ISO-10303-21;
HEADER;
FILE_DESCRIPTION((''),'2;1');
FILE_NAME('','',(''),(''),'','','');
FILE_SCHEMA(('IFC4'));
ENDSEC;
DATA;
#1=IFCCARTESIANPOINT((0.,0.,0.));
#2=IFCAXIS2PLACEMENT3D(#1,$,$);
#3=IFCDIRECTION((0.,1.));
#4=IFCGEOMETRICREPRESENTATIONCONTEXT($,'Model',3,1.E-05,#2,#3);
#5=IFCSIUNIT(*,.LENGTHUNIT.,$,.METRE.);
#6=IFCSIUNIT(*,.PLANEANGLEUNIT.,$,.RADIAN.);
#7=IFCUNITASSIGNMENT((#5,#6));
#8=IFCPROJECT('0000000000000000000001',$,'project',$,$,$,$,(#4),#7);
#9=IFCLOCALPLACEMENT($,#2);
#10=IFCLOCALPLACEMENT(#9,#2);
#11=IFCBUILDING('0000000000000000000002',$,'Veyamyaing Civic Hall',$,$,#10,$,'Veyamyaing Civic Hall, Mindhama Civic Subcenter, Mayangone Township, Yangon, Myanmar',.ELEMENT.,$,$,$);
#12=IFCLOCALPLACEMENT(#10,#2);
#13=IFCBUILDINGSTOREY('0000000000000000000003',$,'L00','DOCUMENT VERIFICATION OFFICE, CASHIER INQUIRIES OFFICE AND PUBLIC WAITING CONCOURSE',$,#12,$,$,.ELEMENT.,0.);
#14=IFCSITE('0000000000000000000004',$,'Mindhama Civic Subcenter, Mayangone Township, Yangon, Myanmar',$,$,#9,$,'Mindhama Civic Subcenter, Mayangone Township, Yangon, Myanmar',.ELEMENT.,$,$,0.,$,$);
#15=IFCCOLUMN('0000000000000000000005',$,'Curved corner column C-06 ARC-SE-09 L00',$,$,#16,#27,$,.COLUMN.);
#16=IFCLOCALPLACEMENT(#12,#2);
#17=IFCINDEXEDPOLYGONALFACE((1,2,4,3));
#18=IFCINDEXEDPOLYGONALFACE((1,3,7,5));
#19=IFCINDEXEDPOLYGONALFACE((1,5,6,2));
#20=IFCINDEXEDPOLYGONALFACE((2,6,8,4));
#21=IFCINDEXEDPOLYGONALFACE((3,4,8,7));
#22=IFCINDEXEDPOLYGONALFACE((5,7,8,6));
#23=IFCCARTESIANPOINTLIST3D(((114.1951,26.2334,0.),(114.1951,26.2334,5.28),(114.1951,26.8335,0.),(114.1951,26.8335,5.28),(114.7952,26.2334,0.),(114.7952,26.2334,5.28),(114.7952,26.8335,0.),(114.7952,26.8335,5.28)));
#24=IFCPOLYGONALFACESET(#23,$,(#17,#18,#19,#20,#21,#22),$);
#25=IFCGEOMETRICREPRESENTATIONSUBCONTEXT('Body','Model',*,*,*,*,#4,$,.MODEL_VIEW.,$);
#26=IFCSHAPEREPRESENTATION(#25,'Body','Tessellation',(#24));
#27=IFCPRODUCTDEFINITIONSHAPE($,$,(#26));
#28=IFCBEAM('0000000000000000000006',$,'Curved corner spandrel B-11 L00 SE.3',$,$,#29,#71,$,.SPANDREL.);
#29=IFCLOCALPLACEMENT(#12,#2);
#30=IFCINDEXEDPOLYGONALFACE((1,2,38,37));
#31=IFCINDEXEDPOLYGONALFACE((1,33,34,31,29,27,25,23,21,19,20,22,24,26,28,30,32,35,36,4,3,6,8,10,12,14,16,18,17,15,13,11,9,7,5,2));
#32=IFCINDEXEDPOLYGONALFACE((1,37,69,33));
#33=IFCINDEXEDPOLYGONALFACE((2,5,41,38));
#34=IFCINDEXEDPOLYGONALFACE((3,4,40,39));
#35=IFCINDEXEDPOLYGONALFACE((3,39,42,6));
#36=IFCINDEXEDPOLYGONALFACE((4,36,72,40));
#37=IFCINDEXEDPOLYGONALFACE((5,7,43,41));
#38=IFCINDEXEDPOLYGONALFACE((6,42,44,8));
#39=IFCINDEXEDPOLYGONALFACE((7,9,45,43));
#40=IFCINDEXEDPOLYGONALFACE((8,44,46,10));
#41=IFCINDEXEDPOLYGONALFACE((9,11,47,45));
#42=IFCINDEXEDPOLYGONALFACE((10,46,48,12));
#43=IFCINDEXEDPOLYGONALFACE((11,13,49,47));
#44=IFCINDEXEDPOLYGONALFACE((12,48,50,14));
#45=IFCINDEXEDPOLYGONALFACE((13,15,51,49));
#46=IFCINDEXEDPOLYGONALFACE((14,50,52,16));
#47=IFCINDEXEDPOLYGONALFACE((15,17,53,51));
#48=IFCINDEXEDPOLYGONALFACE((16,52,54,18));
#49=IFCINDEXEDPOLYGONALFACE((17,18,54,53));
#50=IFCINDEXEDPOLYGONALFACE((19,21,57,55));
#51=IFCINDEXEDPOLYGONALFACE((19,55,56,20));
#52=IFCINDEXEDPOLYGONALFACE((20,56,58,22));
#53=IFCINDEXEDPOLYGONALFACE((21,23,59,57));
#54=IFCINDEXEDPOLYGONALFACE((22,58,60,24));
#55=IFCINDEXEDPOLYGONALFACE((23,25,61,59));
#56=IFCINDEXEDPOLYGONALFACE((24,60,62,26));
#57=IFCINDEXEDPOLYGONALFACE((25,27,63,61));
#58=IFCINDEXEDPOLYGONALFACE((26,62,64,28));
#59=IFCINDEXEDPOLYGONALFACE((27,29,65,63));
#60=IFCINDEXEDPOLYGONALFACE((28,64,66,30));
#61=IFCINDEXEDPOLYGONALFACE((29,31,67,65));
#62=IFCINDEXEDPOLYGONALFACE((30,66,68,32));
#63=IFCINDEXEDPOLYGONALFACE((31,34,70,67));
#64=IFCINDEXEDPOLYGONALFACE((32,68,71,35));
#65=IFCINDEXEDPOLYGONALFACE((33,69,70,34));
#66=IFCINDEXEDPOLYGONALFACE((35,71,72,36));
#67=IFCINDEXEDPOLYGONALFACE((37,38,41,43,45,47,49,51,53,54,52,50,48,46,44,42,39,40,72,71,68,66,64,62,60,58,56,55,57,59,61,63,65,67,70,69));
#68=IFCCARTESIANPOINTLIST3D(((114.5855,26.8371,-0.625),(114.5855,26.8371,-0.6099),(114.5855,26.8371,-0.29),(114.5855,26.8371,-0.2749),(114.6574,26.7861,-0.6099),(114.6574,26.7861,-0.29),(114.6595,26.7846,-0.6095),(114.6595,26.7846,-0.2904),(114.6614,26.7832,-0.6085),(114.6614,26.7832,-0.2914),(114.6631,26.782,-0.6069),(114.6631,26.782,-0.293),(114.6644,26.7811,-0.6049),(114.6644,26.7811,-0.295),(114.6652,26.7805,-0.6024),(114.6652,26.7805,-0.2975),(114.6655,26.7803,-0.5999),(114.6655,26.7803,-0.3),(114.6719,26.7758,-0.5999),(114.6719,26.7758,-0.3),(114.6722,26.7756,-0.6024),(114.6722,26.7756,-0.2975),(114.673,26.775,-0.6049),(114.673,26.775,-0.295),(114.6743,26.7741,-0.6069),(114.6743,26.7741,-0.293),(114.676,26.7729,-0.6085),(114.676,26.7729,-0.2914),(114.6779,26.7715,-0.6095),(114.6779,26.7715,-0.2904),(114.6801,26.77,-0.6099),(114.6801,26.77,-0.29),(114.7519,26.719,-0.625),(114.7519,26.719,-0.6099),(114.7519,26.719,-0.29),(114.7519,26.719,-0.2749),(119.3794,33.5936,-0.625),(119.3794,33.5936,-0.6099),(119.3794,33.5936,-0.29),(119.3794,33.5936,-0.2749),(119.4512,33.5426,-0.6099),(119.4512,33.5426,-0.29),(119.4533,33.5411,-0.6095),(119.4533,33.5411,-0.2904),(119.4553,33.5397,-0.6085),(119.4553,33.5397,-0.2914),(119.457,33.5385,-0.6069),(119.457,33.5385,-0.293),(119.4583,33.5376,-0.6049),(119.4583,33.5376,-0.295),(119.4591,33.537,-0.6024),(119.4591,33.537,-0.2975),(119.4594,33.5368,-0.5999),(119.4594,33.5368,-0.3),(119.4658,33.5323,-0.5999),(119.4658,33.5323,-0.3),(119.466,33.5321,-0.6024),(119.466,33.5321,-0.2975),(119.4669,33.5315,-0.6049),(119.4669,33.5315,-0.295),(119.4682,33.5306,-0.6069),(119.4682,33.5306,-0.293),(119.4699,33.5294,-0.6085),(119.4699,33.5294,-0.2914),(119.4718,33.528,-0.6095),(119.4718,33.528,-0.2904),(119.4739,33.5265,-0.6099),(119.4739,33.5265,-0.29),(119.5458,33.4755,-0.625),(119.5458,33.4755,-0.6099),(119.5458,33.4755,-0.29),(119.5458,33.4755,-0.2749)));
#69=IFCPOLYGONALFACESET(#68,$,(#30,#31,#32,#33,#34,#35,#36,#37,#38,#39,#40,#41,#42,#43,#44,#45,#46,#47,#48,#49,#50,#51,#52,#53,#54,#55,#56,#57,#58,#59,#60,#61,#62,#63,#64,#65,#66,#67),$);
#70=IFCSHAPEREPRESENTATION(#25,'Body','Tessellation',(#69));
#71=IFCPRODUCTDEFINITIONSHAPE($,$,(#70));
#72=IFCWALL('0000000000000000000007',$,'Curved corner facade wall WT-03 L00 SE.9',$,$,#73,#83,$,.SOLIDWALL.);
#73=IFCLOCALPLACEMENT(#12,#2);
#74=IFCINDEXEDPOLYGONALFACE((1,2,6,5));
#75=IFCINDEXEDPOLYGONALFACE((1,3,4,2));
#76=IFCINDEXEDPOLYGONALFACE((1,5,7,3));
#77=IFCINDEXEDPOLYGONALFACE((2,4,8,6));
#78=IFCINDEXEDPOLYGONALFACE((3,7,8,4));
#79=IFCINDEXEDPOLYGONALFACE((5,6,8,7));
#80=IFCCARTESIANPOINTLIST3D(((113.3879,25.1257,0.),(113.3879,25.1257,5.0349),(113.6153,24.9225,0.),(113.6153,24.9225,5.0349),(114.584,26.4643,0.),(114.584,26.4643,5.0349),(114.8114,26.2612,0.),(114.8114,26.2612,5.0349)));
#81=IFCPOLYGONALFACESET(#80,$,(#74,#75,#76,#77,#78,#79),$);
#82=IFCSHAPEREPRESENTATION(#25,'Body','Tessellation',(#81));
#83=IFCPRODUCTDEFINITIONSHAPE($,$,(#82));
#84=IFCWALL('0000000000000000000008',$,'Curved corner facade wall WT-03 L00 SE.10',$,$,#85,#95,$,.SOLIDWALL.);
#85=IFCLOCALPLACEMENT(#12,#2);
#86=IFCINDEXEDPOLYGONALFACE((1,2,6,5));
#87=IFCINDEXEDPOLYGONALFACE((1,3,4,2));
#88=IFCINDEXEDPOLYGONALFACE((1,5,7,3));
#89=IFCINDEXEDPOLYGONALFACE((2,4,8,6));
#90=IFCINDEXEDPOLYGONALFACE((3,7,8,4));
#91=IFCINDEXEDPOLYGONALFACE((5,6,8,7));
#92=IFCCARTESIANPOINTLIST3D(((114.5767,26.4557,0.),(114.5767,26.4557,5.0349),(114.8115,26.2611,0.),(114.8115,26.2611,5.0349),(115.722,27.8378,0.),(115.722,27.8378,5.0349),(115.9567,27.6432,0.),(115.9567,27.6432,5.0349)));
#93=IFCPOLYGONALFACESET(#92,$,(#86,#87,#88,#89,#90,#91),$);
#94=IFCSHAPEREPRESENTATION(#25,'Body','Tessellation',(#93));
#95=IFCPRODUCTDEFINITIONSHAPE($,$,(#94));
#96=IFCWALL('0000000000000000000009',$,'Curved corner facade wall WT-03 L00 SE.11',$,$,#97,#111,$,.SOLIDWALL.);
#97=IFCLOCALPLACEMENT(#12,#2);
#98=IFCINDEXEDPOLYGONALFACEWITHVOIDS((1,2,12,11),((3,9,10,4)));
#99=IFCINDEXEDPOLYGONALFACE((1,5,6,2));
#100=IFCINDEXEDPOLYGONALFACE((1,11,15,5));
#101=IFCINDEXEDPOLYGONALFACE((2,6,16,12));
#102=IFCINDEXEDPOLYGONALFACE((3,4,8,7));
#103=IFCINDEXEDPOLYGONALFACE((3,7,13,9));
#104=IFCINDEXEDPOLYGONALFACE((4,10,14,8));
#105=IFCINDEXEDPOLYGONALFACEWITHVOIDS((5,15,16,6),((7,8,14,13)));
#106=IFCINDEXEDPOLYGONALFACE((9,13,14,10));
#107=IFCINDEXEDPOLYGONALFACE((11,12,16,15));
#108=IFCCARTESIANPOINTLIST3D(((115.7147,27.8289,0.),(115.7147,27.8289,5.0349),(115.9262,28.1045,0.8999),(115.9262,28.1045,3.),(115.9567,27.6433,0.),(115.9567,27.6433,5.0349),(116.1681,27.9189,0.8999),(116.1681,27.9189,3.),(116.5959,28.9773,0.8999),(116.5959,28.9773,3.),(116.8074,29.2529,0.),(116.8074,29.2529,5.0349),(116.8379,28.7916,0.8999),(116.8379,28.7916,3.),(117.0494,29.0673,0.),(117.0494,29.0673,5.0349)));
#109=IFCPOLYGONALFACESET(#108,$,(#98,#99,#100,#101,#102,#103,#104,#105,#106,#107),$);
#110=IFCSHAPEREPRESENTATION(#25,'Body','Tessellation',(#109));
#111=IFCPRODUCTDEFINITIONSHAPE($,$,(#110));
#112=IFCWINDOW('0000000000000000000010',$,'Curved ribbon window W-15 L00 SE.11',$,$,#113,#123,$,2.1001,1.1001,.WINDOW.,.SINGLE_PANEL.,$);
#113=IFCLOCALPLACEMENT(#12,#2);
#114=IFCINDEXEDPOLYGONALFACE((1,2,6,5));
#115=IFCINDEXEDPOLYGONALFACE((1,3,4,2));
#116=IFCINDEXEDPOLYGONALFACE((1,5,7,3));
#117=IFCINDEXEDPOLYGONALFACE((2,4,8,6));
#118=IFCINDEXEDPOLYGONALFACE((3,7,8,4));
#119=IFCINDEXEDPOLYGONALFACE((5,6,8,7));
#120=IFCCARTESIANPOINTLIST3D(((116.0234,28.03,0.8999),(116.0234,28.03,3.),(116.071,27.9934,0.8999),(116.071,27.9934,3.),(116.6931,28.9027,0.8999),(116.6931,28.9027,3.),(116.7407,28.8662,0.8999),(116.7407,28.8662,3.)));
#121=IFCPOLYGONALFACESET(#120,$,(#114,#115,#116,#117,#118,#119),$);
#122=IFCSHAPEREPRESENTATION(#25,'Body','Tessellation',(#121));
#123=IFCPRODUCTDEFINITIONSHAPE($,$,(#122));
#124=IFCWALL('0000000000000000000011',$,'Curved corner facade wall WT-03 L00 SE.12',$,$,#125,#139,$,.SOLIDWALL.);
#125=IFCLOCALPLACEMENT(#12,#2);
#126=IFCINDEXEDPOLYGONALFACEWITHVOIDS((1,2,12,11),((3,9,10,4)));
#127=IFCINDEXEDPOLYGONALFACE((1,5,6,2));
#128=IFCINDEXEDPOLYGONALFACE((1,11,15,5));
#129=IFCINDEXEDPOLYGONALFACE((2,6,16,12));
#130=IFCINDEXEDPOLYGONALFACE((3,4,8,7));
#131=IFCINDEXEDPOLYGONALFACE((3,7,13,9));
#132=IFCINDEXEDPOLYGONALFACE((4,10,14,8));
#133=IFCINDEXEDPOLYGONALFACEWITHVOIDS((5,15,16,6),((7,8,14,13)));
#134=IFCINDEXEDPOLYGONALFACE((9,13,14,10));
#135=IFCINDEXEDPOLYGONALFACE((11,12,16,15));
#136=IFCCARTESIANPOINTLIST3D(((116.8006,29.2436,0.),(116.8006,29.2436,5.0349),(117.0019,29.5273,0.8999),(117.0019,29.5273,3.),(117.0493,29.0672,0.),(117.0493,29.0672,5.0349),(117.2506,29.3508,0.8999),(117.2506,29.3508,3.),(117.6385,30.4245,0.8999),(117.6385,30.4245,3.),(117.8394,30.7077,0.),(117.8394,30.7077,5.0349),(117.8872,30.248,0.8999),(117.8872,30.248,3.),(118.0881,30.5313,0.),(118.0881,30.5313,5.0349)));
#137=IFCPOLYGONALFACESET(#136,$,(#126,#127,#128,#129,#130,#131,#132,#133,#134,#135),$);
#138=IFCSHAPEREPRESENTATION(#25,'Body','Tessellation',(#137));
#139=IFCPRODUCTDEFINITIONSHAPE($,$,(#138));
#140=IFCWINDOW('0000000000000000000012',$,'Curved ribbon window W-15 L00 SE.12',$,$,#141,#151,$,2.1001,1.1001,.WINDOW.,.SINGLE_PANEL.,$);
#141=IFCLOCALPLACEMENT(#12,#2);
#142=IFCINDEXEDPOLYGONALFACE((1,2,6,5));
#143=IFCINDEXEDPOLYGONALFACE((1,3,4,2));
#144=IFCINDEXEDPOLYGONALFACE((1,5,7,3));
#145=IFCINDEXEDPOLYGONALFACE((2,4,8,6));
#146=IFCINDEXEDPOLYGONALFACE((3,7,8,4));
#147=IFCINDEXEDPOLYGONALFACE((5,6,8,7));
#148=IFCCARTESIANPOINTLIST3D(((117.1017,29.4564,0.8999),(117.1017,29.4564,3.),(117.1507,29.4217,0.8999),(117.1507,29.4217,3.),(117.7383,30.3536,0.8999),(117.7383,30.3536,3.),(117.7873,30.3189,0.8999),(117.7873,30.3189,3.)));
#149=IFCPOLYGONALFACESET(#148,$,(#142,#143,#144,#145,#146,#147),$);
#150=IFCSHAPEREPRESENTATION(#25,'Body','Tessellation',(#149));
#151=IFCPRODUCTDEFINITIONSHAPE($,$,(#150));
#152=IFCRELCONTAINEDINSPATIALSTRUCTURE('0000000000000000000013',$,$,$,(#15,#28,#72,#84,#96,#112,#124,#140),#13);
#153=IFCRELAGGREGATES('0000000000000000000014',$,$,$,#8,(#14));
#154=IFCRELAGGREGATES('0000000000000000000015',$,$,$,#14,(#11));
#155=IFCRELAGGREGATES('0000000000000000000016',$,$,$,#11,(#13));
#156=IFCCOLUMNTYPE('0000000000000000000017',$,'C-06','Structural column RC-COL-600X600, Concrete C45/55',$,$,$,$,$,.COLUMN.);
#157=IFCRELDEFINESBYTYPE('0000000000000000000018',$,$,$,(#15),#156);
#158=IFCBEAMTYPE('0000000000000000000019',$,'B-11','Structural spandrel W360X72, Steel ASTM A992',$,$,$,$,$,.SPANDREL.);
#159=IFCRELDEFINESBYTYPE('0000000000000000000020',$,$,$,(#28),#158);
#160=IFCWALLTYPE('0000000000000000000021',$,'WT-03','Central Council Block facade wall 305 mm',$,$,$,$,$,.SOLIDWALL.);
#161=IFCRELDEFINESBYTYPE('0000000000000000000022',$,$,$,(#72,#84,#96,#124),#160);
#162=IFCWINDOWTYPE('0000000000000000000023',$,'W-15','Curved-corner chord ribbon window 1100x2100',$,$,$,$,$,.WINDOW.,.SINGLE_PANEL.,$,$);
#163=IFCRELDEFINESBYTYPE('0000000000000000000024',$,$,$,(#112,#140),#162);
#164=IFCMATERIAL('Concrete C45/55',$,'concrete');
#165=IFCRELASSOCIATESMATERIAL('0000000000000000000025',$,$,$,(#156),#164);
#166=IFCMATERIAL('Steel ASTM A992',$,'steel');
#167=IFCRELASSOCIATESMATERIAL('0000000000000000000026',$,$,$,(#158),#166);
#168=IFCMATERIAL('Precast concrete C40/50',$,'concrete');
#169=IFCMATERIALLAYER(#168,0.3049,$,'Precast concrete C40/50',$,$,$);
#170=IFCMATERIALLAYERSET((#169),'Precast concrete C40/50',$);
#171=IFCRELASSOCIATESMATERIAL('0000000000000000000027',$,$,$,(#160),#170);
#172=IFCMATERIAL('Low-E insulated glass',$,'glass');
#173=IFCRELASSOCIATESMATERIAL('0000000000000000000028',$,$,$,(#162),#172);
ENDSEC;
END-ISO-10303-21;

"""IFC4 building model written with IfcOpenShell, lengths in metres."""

from ifc_helpers import new_model, si_unit, direction, frame, frame_2d, origin, origin_2d, place, context, subcontext, project, spatial, rectangle, i_section, extrude, material, layer, layer_set, material_profile, profile_set, type_object, element, fill, save


model = new_model("IFC4")

# Units and contexts
model_context = context("Model", 3, precision=1e-05, world=origin(), true_north=direction((0.0, 1.0)))
body_context = subcontext(model_context, "Body", "Model", "MODEL_VIEW")
ifc_project = project(units=[si_unit("LENGTHUNIT", "METRE"), si_unit("PLANEANGLEUNIT", "RADIAN")], contexts=[model_context])

# Site, building, storey
site_placement = place(None, origin())
site = spatial("IfcSite", under=ifc_project, at=site_placement, Name="Mindhama Civic Subcenter, Mayangone Township, Yangon, Myanmar", LongName="Mindhama Civic Subcenter, Mayangone Township, Yangon, Myanmar", CompositionType="ELEMENT", RefElevation=0.0)
building_placement = place(site_placement, origin())
building = spatial("IfcBuilding", under=site, at=building_placement, Name="Veyamyaing Civic Hall", LongName="Veyamyaing Civic Hall, Mindhama Civic Subcenter, Mayangone Township, Yangon, Myanmar", CompositionType="ELEMENT")
storey_placement = place(building_placement, origin())
storey = spatial("IfcBuildingStorey", under=building, at=storey_placement, Name="L00", Description="DOCUMENT VERIFICATION OFFICE, CASHIER INQUIRIES OFFICE AND PUBLIC WAITING CONCOURSE", CompositionType="ELEMENT", Elevation=0.0)

# Column
ifc_material_1 = material(Name="Concrete C45/55", Category="concrete")
ifc_material_profile_1 = material_profile(ifc_material_1, rectangle(XDim=0.6001, YDim=0.6001, at=origin_2d()), Name="RC-COL-600X600")
ifc_profile_set_1 = profile_set([ifc_material_profile_1], Name="Concrete C45/55")
column_type = type_object("IfcColumnType", Name="C-06", Description="Structural column RC-COL-600X600, Concrete C45/55", PredefinedType="COLUMN", material=ifc_profile_set_1)
column_placement = place(storey_placement, frame((114.4951, 26.5334, 0.0), z_axis=(0.0, 0.0, 1.0), x_axis=(1.0, 0.0, 0.0)))
element("IfcColumn", 1, at=column_placement, inside=storey, type_object=column_type, Name="Curved corner column C-06 ARC-SE-09 L00", PredefinedType="COLUMN", context=body_context, shape_type="SweptSolid", body=[
    extrude(rectangle(XDim=0.6001, YDim=0.6001, at=origin_2d()), origin(), (0.0, 0.0, 1.0), 5.28),
])

# Beam
ifc_material_2 = material(Name="Steel ASTM A992", Category="steel")
ifc_material_profile_2 = material_profile(ifc_material_2, i_section(OverallWidth=0.2041, OverallDepth=0.3501, WebThickness=0.0078, FlangeThickness=0.0151, FilletRadius=0.01, at=origin_2d()), Name="W360X72")
ifc_profile_set_2 = profile_set([ifc_material_profile_2], Name="Steel ASTM A992")
beam_type = type_object("IfcBeamType", Name="B-11", Description="Structural spandrel W360X72, Steel ASTM A992", PredefinedType="SPANDREL", material=ifc_profile_set_2)
beam_placement = place(storey_placement, frame((114.6687, 26.7781, -0.45), z_axis=(0.578662, 0.815567, 0.0), x_axis=(-0.815567, 0.578662, 0.0)))
element("IfcBeam", 2, at=beam_placement, inside=storey, type_object=beam_type, Name="Curved corner spandrel B-11 L00 SE.3", PredefinedType="SPANDREL", context=body_context, shape_type="SweptSolid", body=[
    extrude(i_section(OverallWidth=0.2041, OverallDepth=0.3501, WebThickness=0.0078, FlangeThickness=0.0151, FilletRadius=0.01, at=origin_2d()), origin(), (0.0, 0.0, 1.0), 8.2844),
])

# Walls
ifc_material_3 = material(Name="Precast concrete C40/50", Category="concrete")
ifc_layer_1 = layer(ifc_material_3, 0.3049, Name="Precast concrete C40/50")
ifc_layer_set_1 = layer_set([ifc_layer_1], Name="Precast concrete C40/50")
wall_type = type_object("IfcWallType", Name="WT-03", Description="Central Council Block facade wall 305 mm", PredefinedType="SOLIDWALL", material=ifc_layer_set_1)
wall_1_placement = place(storey_placement, frame((113.5017, 25.0242, 0.0), z_axis=(0.0, 0.0, 1.0), x_axis=(0.666278, 0.745704, 0.0)))
element("IfcWall", 3, at=wall_1_placement, inside=storey, type_object=wall_type, Name="Curved corner facade wall WT-03 L00 SE.9", PredefinedType="SOLIDWALL", context=body_context, shape_type="SweptSolid", body=[
    extrude(rectangle(XDim=1.7952, YDim=0.3049, at=frame_2d((0.8975, 0.0))), origin(), (0.0, 0.0, 1.0), 5.0349),
])
wall_2_placement = place(storey_placement, frame((114.6941, 26.3584, 0.0), z_axis=(0.0, 0.0, 1.0), x_axis=(0.638055, 0.769991, 0.0)))
element("IfcWall", 4, at=wall_2_placement, inside=storey, type_object=wall_type, Name="Curved corner facade wall WT-03 L00 SE.10", PredefinedType="SOLIDWALL", context=body_context, shape_type="SweptSolid", body=[
    extrude(rectangle(XDim=1.7949, YDim=0.3049, at=frame_2d((0.8975, 0.0))), origin(), (0.0, 0.0, 1.0), 5.0349),
])

# Walls, openings, windows
wall_3_placement = place(storey_placement, frame((115.8357, 27.7361, 0.0), z_axis=(0.0, 0.0, 1.0), x_axis=(0.608777, 0.793341, 0.0)))
wall_3 = element("IfcWall", 5, at=wall_3_placement, inside=storey, type_object=wall_type, Name="Curved corner facade wall WT-03 L00 SE.11", PredefinedType="SOLIDWALL", context=body_context, shape_type="SweptSolid", body=[
    extrude(rectangle(XDim=1.7949, YDim=0.3049, at=frame_2d((0.8975, 0.0))), origin(), (0.0, 0.0, 1.0), 5.0349),
])
opening_1_placement = place(wall_3_placement, frame((0.3474, 0.0, 0.8999)))
opening_1 = element("IfcOpeningElement", 6, at=opening_1_placement, cuts=wall_3, PredefinedType="OPENING", context=body_context, shape_type="SweptSolid", body=[
    extrude(rectangle(XDim=1.1001, YDim=2.1001, at=frame_2d((0.55, 1.05))), frame((0.0, 0.1624, 0.0), z_axis=(0.0, -1.0, 0.0), x_axis=(1.0, 0.0, 0.0)), (0.0, 0.0, 1.0), 0.325),
])
ifc_material_4 = material(Name="Low-E insulated glass", Category="glass")
window_type = type_object("IfcWindowType", Name="W-15", Description="Curved-corner chord ribbon window 1100x2100", PartitioningType="SINGLE_PANEL", PredefinedType="WINDOW", material=ifc_material_4)
window_1_placement = place(opening_1_placement, origin())
window_1 = element("IfcWindow", 7, at=window_1_placement, inside=storey, type_object=window_type, Name="Curved ribbon window W-15 L00 SE.11", OverallHeight=2.1001, OverallWidth=1.1001, PartitioningType="SINGLE_PANEL", PredefinedType="WINDOW", context=body_context, shape_type="SweptSolid", body=[
    extrude(rectangle(XDim=1.1001, YDim=2.1001, at=frame_2d((0.55, 1.05))), frame((0.0, 0.03, 0.0), z_axis=(0.0, -1.0, 0.0), x_axis=(1.0, 0.0, 0.0)), (0.0, 0.0, 1.0), 0.0601),
])
fill(opening_1, window_1)
wall_4_placement = place(storey_placement, frame((116.925, 29.1555, 0.0), z_axis=(0.0, 0.0, 1.0), x_axis=(0.578662, 0.815567, 0.0)))
wall_4 = element("IfcWall", 8, at=wall_4_placement, inside=storey, type_object=wall_type, Name="Curved corner facade wall WT-03 L00 SE.12", PredefinedType="SOLIDWALL", context=body_context, shape_type="SweptSolid", body=[
    extrude(rectangle(XDim=1.7952, YDim=0.3049, at=frame_2d((0.8975, 0.0))), origin(), (0.0, 0.0, 1.0), 5.0349),
])
opening_2_placement = place(wall_4_placement, frame((0.3477, 0.0, 0.8999)))
opening_2 = element("IfcOpeningElement", 9, at=opening_2_placement, cuts=wall_4, PredefinedType="OPENING", context=body_context, shape_type="SweptSolid", body=[
    extrude(rectangle(XDim=1.1001, YDim=2.1001, at=frame_2d((0.55, 1.05))), frame((0.0, 0.1624, 0.0), z_axis=(0.0, -1.0, 0.0), x_axis=(1.0, 0.0, 0.0)), (0.0, 0.0, 1.0), 0.325),
])
window_2_placement = place(opening_2_placement, origin())
window_2 = element("IfcWindow", 10, at=window_2_placement, inside=storey, type_object=window_type, Name="Curved ribbon window W-15 L00 SE.12", OverallHeight=2.1001, OverallWidth=1.1001, PartitioningType="SINGLE_PANEL", PredefinedType="WINDOW", context=body_context, shape_type="SweptSolid", body=[
    extrude(rectangle(XDim=1.1001, YDim=2.1001, at=frame_2d((0.55, 1.05))), frame((0.0, 0.03, 0.0), z_axis=(0.0, -1.0, 0.0), x_axis=(1.0, 0.0, 0.0)), (0.0, 0.0, 1.0), 0.0601),
])
fill(opening_2, window_2)

save(model, "model.ifc")
